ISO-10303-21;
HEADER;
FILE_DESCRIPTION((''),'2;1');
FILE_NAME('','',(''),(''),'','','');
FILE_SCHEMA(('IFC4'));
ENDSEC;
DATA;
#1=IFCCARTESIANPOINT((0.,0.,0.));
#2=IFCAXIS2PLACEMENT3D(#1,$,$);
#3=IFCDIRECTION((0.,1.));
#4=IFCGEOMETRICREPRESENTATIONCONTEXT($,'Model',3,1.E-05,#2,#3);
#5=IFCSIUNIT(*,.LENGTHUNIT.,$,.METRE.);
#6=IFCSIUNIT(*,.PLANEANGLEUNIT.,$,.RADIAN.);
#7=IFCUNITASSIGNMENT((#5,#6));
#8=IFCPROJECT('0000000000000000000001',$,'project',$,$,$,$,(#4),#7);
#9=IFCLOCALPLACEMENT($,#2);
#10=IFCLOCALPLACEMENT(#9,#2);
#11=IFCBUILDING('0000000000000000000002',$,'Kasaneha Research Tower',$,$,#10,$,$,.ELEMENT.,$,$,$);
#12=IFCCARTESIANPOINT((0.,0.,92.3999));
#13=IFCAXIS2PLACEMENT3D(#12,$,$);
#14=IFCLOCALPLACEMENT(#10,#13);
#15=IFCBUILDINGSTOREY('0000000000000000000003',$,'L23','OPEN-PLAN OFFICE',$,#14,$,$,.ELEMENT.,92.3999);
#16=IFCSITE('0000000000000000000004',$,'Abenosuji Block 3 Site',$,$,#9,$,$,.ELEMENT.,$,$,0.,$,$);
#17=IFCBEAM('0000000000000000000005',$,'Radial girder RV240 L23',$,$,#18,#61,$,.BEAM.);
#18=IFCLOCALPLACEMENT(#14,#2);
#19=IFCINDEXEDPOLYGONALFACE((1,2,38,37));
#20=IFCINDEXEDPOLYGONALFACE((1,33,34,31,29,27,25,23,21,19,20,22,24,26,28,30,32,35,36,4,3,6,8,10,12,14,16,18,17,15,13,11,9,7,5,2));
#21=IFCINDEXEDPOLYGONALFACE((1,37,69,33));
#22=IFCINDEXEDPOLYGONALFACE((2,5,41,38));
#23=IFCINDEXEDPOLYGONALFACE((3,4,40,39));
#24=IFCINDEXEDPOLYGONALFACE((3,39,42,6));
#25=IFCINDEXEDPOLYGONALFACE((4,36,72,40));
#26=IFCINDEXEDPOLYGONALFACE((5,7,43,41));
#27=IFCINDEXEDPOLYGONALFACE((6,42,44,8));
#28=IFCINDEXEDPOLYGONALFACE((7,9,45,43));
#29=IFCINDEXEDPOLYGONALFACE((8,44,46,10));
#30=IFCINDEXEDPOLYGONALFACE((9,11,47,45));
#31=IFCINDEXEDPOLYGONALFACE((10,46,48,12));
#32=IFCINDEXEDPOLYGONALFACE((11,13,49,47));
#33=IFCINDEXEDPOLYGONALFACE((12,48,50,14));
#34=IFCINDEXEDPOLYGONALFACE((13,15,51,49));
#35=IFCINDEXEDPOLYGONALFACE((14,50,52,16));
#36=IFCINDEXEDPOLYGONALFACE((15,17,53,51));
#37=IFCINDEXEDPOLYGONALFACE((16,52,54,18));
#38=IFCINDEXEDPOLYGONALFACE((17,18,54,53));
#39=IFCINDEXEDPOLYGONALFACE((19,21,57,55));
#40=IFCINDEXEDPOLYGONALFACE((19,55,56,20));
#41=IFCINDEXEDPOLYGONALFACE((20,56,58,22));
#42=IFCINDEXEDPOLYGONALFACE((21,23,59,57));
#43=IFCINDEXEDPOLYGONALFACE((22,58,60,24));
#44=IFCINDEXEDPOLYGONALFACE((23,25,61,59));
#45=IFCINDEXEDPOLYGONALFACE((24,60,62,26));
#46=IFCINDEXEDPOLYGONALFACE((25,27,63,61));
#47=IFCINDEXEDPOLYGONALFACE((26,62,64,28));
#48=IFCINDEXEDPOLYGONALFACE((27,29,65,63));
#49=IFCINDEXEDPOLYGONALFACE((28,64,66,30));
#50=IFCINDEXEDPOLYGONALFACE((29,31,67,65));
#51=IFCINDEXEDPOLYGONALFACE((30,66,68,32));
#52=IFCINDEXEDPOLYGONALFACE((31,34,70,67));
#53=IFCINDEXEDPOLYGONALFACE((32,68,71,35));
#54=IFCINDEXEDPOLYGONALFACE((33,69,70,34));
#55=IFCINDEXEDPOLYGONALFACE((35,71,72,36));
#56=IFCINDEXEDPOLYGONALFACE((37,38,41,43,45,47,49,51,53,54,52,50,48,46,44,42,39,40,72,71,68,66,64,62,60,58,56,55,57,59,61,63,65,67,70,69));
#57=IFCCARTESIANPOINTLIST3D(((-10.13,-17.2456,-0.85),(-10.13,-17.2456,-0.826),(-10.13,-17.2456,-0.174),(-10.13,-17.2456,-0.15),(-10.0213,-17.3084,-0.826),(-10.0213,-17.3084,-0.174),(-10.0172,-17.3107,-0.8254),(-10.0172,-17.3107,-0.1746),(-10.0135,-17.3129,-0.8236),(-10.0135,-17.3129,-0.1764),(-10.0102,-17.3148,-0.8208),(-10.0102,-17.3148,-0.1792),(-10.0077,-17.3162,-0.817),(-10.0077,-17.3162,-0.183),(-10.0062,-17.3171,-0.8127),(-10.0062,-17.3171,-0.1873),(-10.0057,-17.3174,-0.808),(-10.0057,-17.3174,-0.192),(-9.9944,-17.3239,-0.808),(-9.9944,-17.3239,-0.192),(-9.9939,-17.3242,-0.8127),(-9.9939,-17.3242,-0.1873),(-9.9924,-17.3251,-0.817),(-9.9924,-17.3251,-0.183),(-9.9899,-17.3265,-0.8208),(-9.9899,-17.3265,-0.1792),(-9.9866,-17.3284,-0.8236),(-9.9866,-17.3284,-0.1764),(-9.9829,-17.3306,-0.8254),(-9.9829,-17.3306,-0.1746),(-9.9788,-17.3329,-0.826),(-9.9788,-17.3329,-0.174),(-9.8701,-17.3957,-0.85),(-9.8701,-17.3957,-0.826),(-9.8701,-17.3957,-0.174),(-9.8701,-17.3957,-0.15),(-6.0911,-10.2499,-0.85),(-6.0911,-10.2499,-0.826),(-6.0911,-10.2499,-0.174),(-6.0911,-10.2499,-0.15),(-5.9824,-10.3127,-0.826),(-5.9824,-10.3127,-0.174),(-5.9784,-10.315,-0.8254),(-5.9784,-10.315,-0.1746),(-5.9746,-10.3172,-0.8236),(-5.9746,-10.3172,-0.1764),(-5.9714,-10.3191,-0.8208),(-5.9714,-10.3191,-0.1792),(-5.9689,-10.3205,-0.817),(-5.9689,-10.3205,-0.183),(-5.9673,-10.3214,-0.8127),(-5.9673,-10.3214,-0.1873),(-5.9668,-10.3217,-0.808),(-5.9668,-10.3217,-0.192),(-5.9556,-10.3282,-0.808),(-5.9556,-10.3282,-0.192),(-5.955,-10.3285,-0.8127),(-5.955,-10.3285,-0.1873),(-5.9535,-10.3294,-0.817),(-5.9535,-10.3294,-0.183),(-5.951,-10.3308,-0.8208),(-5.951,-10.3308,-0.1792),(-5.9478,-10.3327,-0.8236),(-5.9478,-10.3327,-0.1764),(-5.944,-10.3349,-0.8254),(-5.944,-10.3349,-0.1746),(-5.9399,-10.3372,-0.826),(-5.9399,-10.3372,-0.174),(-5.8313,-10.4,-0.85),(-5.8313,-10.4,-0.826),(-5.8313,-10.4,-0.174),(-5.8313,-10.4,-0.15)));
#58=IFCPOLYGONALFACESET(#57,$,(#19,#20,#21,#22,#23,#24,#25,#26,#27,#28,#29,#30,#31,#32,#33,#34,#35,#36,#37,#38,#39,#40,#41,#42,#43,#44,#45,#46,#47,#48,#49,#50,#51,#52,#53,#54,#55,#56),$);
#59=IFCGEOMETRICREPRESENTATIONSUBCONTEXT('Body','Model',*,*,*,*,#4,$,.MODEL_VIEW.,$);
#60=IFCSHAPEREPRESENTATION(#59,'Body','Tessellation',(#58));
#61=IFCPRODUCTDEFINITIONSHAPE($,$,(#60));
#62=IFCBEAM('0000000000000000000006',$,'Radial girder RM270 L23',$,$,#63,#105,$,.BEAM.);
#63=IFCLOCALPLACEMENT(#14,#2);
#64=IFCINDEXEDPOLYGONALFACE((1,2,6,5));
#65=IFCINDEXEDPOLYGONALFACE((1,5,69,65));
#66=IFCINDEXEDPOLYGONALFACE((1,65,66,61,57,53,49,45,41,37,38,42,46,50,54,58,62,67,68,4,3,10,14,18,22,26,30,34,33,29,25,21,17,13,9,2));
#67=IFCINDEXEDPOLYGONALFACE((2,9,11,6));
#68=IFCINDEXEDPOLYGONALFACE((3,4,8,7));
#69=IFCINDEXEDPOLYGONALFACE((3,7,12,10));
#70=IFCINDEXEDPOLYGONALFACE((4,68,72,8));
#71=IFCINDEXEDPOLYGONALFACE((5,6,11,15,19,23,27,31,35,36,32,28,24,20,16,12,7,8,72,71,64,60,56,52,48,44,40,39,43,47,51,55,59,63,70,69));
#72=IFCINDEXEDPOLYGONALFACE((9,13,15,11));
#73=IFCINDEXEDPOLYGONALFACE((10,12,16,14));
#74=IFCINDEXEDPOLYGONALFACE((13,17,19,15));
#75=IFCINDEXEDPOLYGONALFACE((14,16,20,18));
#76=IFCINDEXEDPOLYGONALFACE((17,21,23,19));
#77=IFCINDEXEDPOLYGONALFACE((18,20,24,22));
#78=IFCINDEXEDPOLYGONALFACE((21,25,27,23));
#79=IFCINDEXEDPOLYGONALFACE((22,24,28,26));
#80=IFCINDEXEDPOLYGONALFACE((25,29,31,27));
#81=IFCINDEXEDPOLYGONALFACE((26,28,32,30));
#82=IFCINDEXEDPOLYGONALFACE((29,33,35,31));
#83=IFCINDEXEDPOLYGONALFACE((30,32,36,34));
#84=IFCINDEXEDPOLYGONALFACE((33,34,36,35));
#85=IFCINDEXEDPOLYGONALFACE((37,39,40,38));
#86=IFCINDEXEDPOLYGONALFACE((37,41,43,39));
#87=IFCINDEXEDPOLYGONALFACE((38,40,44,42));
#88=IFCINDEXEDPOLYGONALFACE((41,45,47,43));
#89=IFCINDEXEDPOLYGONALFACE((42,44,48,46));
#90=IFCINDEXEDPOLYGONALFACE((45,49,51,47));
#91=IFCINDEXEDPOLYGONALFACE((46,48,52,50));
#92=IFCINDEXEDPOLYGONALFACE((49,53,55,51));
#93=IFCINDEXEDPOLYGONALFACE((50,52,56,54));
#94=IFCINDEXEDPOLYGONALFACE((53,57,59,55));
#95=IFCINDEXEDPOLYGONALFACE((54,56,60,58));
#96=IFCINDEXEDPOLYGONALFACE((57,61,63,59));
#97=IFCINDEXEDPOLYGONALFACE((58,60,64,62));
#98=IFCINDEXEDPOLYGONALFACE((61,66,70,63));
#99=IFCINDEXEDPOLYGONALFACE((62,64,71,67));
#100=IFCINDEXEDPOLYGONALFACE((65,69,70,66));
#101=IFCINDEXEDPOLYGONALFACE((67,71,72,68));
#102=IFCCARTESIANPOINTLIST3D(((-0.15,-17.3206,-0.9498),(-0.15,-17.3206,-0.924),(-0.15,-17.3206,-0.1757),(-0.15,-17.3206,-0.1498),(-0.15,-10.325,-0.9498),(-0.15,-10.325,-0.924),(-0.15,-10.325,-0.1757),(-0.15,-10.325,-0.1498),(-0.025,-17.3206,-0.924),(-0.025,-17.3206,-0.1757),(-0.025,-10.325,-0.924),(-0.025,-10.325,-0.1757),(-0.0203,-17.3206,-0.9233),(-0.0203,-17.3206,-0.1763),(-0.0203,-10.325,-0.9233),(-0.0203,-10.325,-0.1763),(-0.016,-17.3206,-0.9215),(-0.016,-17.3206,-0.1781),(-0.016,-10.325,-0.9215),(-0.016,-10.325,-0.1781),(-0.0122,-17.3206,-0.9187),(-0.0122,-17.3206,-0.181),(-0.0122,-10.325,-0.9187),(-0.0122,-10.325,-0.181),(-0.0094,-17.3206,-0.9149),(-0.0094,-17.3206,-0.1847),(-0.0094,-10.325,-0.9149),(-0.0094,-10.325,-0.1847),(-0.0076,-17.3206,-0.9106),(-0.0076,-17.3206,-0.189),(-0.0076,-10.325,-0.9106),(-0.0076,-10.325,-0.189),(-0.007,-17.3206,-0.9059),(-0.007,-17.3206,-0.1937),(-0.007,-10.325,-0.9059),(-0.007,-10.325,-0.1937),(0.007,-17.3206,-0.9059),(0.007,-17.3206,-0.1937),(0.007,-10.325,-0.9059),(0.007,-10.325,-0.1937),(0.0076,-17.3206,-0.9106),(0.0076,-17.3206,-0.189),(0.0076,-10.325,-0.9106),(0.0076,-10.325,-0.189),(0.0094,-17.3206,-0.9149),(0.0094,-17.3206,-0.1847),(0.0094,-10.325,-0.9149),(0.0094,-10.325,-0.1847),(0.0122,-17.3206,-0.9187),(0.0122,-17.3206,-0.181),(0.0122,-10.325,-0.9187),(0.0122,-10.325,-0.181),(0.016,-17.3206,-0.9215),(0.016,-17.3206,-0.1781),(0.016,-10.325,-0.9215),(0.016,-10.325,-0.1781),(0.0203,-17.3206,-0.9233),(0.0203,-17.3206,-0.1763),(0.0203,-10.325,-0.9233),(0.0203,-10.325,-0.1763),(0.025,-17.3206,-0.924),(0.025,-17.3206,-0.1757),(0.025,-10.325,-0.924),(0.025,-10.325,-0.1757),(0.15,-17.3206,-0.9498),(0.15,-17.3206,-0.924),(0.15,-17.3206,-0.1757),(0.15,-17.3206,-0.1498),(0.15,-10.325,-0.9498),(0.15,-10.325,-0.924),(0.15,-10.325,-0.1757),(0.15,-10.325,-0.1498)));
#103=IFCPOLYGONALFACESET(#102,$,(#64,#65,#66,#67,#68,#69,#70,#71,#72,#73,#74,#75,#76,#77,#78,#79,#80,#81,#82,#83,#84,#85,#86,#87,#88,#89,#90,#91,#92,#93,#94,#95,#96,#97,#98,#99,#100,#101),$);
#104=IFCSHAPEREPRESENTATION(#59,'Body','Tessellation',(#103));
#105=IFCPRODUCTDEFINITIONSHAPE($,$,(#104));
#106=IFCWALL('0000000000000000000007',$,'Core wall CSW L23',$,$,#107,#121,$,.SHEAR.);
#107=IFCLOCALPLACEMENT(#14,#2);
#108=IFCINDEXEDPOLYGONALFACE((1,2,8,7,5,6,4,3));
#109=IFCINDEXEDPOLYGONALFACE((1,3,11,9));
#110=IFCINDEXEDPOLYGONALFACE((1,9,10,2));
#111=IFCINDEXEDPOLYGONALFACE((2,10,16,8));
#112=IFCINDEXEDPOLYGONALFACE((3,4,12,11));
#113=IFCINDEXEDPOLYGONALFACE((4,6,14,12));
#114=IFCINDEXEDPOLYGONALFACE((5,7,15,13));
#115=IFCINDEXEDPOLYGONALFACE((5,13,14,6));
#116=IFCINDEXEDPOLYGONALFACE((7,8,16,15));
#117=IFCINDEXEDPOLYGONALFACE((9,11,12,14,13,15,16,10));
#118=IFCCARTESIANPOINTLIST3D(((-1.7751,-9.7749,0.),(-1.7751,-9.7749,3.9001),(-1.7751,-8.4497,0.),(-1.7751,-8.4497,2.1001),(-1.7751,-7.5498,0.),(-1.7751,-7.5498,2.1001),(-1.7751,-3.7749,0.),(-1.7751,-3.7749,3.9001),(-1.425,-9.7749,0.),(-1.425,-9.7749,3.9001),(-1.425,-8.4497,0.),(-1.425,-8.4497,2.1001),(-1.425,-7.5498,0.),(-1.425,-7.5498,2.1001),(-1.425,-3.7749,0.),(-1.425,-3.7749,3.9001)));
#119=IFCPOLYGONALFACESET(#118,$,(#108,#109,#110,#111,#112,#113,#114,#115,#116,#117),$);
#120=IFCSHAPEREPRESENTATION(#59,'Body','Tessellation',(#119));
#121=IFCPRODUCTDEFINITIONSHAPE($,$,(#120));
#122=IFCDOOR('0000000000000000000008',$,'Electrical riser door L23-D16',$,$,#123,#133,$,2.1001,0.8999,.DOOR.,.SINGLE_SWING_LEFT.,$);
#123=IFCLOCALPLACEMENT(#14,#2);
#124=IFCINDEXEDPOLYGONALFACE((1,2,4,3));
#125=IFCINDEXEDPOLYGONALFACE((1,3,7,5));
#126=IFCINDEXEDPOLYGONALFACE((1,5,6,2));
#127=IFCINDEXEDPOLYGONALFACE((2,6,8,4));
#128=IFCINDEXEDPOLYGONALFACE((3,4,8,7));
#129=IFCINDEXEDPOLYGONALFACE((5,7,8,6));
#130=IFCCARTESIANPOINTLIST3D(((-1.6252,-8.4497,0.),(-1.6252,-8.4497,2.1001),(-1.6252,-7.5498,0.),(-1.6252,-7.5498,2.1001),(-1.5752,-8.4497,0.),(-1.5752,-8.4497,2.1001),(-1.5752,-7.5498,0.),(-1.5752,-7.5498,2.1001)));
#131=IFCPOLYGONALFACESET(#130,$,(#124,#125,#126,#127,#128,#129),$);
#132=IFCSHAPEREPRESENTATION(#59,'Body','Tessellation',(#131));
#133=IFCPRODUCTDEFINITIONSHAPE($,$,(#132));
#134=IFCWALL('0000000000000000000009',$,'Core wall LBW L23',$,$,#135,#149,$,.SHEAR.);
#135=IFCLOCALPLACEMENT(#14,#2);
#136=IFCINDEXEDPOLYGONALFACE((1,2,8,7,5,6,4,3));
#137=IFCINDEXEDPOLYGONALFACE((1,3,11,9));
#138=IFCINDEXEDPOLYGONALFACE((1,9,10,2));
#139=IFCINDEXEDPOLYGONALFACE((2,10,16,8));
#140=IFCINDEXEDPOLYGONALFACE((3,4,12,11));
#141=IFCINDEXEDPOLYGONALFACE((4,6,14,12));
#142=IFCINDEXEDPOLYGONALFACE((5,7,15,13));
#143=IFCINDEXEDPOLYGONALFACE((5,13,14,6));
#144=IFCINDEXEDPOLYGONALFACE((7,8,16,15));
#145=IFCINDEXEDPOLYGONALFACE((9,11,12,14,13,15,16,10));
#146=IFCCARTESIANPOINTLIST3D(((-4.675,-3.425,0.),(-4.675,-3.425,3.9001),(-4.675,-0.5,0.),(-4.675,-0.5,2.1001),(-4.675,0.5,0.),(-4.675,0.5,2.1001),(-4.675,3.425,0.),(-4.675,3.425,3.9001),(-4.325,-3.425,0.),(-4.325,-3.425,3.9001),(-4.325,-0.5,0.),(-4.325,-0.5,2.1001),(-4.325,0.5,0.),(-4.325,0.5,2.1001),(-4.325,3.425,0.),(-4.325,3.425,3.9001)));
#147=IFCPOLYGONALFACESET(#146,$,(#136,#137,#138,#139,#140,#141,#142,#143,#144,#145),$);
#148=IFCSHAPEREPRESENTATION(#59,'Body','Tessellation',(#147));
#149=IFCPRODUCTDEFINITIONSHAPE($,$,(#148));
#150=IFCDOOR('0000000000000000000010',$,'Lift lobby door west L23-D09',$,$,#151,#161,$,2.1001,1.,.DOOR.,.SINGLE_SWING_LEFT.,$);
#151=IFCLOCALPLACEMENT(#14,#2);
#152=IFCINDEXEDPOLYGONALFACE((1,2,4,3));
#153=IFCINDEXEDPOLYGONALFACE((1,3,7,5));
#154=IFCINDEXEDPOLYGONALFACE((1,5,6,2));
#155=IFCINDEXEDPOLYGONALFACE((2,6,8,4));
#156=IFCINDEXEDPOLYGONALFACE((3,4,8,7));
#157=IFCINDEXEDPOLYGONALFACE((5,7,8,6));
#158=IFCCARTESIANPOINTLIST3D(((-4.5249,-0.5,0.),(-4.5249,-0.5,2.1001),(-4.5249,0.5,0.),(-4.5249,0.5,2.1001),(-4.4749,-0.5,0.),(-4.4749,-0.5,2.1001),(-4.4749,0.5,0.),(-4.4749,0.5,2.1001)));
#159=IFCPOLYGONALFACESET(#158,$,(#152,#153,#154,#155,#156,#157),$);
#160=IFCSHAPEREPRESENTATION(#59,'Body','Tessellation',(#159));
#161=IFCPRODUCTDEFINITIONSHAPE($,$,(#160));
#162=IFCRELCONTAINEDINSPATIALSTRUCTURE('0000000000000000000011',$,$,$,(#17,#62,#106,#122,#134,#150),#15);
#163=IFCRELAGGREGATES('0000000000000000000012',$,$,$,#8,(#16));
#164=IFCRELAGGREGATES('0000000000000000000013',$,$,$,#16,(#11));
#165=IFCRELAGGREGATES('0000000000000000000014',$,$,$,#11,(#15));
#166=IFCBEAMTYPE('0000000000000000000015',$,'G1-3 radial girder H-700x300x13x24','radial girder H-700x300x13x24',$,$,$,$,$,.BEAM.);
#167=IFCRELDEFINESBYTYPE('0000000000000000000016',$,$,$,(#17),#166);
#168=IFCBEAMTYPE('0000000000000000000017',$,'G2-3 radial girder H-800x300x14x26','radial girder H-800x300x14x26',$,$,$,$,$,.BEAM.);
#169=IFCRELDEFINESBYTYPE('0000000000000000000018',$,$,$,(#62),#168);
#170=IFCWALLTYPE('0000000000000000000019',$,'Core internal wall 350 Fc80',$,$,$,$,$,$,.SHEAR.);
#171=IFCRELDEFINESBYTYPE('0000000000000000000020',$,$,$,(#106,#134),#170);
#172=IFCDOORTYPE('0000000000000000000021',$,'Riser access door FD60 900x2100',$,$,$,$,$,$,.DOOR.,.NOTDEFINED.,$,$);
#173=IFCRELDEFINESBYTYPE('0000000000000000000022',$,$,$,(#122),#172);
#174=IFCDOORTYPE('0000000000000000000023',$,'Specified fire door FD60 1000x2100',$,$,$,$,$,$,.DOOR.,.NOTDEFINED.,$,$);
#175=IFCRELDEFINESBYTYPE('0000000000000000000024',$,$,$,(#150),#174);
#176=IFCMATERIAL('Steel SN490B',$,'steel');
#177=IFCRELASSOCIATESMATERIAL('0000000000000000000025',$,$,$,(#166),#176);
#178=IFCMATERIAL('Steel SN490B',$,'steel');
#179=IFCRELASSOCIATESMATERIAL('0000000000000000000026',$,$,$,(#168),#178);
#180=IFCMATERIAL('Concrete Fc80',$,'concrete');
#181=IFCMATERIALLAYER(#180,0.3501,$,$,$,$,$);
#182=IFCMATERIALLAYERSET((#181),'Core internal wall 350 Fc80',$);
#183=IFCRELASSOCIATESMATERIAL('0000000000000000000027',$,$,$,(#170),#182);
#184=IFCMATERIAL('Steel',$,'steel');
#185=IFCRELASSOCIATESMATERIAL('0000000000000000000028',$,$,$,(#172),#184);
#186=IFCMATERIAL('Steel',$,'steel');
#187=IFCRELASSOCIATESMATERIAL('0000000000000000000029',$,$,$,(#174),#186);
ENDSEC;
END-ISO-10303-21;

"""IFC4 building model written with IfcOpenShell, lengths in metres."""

from ifc_helpers import new_model, si_unit, direction, frame, frame_2d, origin, origin_2d, place, context, subcontext, project, spatial, rectangle, i_section, extrude, material, layer, layer_set, material_profile, profile_set, type_object, element, fill, save


model = new_model("IFC4")

# Units and contexts
model_context = context("Model", 3, precision=1e-05, world=origin(), true_north=direction((0.0, 1.0)))
body_context = subcontext(model_context, "Body", "Model", "MODEL_VIEW")
ifc_project = project(units=[si_unit("LENGTHUNIT", "METRE"), si_unit("PLANEANGLEUNIT", "RADIAN")], contexts=[model_context])

# Site, building, storey
site_placement = place(None, origin())
site = spatial("IfcSite", under=ifc_project, at=site_placement, Name="Abenosuji Block 3 Site", CompositionType="ELEMENT", RefElevation=0.0)
building_placement = place(site_placement, origin())
building = spatial("IfcBuilding", under=site, at=building_placement, Name="Kasaneha Research Tower", CompositionType="ELEMENT")
storey_placement = place(building_placement, frame((0.0, 0.0, 92.3999)))
storey = spatial("IfcBuildingStorey", under=building, at=storey_placement, Name="L23", Description="OPEN-PLAN OFFICE", CompositionType="ELEMENT", Elevation=92.3999)

# Beams
ifc_material_1 = material(Name="Steel SN490B", Category="steel")
ifc_material_profile_1 = material_profile(ifc_material_1, i_section(OverallWidth=0.3, OverallDepth=0.7, WebThickness=0.0129, FlangeThickness=0.0239, FilletRadius=0.0181, at=origin_2d()), Name="H-700x300x13x24")
ifc_profile_set_1 = profile_set([ifc_material_profile_1], Name="Steel SN490B")
beam_type_1 = type_object("IfcBeamType", Name="G1-3 radial girder H-700x300x13x24", Description="radial girder H-700x300x13x24", PredefinedType="BEAM", material=ifc_profile_set_1)
beam_1_placement = place(storey_placement, frame((-5.9612, -10.325, -0.5), z_axis=(-0.499991, -0.866031, 0.0), x_axis=(0.866031, -0.499991, 0.0)))
element("IfcBeam", 1, at=beam_1_placement, inside=storey, type_object=beam_type_1, Name="Radial girder RV240 L23", PredefinedType="BEAM", context=body_context, shape_type="SweptSolid", body=[
    extrude(i_section(OverallWidth=0.3, OverallDepth=0.7, WebThickness=0.0129, FlangeThickness=0.0239, FilletRadius=0.0181, at=origin_2d()), origin(), (0.0, 0.0, 1.0), 8.0779),
])
ifc_material_2 = material(Name="Steel SN490B", Category="steel")
ifc_material_profile_2 = material_profile(ifc_material_2, i_section(OverallWidth=0.3, OverallDepth=0.8, WebThickness=0.0139, FlangeThickness=0.0259, FilletRadius=0.0181, at=origin_2d()), Name="H-800x300x14x26")
ifc_profile_set_2 = profile_set([ifc_material_profile_2], Name="Steel SN490B")
beam_type_2 = type_object("IfcBeamType", Name="G2-3 radial girder H-800x300x14x26", Description="radial girder H-800x300x14x26", PredefinedType="BEAM", material=ifc_profile_set_2)
beam_2_placement = place(storey_placement, frame((0.0, -10.325, -0.5498), z_axis=(0.0, -1.0, 0.0), x_axis=(1.0, 0.0, 0.0)))
element("IfcBeam", 2, at=beam_2_placement, inside=storey, type_object=beam_type_2, Name="Radial girder RM270 L23", PredefinedType="BEAM", context=body_context, shape_type="SweptSolid", body=[
    extrude(i_section(OverallWidth=0.3, OverallDepth=0.8, WebThickness=0.0139, FlangeThickness=0.0259, FilletRadius=0.0181, at=origin_2d()), origin(), (0.0, 0.0, 1.0), 6.9956),
])

# Walls, openings, doors
ifc_material_3 = material(Name="Concrete Fc80", Category="concrete")
ifc_layer_1 = layer(ifc_material_3, 0.3501)
ifc_layer_set_1 = layer_set([ifc_layer_1], Name="Core internal wall 350 Fc80")
wall_type_1 = type_object("IfcWallType", Name="Core internal wall 350 Fc80", PredefinedType="SHEAR", material=ifc_layer_set_1)
wall_1_placement = place(storey_placement, frame((-1.6001, -3.7749, 0.0), z_axis=(0.0, 0.0, 1.0), x_axis=(0.0, -1.0, 0.0)))
wall_1 = element("IfcWall", 3, at=wall_1_placement, inside=storey, type_object=wall_type_1, Name="Core wall CSW L23", PredefinedType="SHEAR", context=body_context, shape_type="SweptSolid", body=[
    extrude(rectangle(XDim=6.0, YDim=0.3501, at=frame_2d((3.0, 0.0))), origin(), (0.0, 0.0, 1.0), 3.9001),
])
opening_1_placement = place(wall_1_placement, frame((3.7749, 0.0, 0.0)))
opening_1 = element("IfcOpeningElement", 4, at=opening_1_placement, cuts=wall_1, PredefinedType="OPENING", context=body_context, shape_type="SweptSolid", body=[
    extrude(rectangle(XDim=0.8999, YDim=2.1001, at=frame_2d((0.45, 1.05))), frame((0.0, 0.1851, 0.0), z_axis=(0.0, -1.0, 0.0), x_axis=(1.0, 0.0, 0.0)), (0.0, 0.0, 1.0), 0.3701),
])
ifc_material_4 = material(Name="Steel", Category="steel")
door_type_1 = type_object("IfcDoorType", Name="Riser access door FD60 900x2100", OperationType="NOTDEFINED", PredefinedType="DOOR", material=ifc_material_4)
door_1_placement = place(opening_1_placement, origin())
door_1 = element("IfcDoor", 5, at=door_1_placement, inside=storey, type_object=door_type_1, Name="Electrical riser door L23-D16", OperationType="SINGLE_SWING_LEFT", OverallHeight=2.1001, OverallWidth=0.8999, PredefinedType="DOOR", context=body_context, shape_type="SweptSolid", body=[
    extrude(rectangle(XDim=0.8999, YDim=2.1001, at=frame_2d((0.45, 1.05))), frame((0.0, 0.0249, 0.0), z_axis=(0.0, -1.0, 0.0), x_axis=(1.0, 0.0, 0.0)), (0.0, 0.0, 1.0), 0.05),
])
fill(opening_1, door_1)
wall_2_placement = place(storey_placement, frame((-4.5, -3.425, 0.0), z_axis=(0.0, 0.0, 1.0), x_axis=(0.0, 1.0, 0.0)))
wall_2 = element("IfcWall", 6, at=wall_2_placement, inside=storey, type_object=wall_type_1, Name="Core wall LBW L23", PredefinedType="SHEAR", context=body_context, shape_type="SweptSolid", body=[
    extrude(rectangle(XDim=6.8501, YDim=0.3501, at=frame_2d((3.425, 0.0))), origin(), (0.0, 0.0, 1.0), 3.9001),
])
opening_2_placement = place(wall_2_placement, frame((2.925, 0.0, 0.0)))
opening_2 = element("IfcOpeningElement", 7, at=opening_2_placement, cuts=wall_2, PredefinedType="OPENING", context=body_context, shape_type="SweptSolid", body=[
    extrude(rectangle(XDim=1.0, YDim=2.1001, at=frame_2d((0.5, 1.05))), frame((0.0, 0.1851, 0.0), z_axis=(0.0, -1.0, 0.0), x_axis=(1.0, 0.0, 0.0)), (0.0, 0.0, 1.0), 0.3701),
])
ifc_material_5 = material(Name="Steel", Category="steel")
door_type_2 = type_object("IfcDoorType", Name="Specified fire door FD60 1000x2100", OperationType="NOTDEFINED", PredefinedType="DOOR", material=ifc_material_5)
door_2_placement = place(opening_2_placement, origin())
door_2 = element("IfcDoor", 8, at=door_2_placement, inside=storey, type_object=door_type_2, Name="Lift lobby door west L23-D09", OperationType="SINGLE_SWING_LEFT", OverallHeight=2.1001, OverallWidth=1.0, PredefinedType="DOOR", context=body_context, shape_type="SweptSolid", body=[
    extrude(rectangle(XDim=1.0, YDim=2.1001, at=frame_2d((0.5, 1.05))), frame((0.0, 0.0249, 0.0), z_axis=(0.0, -1.0, 0.0), x_axis=(1.0, 0.0, 0.0)), (0.0, 0.0, 1.0), 0.05),
])
fill(opening_2, door_2)

save(model, "model.ifc")
